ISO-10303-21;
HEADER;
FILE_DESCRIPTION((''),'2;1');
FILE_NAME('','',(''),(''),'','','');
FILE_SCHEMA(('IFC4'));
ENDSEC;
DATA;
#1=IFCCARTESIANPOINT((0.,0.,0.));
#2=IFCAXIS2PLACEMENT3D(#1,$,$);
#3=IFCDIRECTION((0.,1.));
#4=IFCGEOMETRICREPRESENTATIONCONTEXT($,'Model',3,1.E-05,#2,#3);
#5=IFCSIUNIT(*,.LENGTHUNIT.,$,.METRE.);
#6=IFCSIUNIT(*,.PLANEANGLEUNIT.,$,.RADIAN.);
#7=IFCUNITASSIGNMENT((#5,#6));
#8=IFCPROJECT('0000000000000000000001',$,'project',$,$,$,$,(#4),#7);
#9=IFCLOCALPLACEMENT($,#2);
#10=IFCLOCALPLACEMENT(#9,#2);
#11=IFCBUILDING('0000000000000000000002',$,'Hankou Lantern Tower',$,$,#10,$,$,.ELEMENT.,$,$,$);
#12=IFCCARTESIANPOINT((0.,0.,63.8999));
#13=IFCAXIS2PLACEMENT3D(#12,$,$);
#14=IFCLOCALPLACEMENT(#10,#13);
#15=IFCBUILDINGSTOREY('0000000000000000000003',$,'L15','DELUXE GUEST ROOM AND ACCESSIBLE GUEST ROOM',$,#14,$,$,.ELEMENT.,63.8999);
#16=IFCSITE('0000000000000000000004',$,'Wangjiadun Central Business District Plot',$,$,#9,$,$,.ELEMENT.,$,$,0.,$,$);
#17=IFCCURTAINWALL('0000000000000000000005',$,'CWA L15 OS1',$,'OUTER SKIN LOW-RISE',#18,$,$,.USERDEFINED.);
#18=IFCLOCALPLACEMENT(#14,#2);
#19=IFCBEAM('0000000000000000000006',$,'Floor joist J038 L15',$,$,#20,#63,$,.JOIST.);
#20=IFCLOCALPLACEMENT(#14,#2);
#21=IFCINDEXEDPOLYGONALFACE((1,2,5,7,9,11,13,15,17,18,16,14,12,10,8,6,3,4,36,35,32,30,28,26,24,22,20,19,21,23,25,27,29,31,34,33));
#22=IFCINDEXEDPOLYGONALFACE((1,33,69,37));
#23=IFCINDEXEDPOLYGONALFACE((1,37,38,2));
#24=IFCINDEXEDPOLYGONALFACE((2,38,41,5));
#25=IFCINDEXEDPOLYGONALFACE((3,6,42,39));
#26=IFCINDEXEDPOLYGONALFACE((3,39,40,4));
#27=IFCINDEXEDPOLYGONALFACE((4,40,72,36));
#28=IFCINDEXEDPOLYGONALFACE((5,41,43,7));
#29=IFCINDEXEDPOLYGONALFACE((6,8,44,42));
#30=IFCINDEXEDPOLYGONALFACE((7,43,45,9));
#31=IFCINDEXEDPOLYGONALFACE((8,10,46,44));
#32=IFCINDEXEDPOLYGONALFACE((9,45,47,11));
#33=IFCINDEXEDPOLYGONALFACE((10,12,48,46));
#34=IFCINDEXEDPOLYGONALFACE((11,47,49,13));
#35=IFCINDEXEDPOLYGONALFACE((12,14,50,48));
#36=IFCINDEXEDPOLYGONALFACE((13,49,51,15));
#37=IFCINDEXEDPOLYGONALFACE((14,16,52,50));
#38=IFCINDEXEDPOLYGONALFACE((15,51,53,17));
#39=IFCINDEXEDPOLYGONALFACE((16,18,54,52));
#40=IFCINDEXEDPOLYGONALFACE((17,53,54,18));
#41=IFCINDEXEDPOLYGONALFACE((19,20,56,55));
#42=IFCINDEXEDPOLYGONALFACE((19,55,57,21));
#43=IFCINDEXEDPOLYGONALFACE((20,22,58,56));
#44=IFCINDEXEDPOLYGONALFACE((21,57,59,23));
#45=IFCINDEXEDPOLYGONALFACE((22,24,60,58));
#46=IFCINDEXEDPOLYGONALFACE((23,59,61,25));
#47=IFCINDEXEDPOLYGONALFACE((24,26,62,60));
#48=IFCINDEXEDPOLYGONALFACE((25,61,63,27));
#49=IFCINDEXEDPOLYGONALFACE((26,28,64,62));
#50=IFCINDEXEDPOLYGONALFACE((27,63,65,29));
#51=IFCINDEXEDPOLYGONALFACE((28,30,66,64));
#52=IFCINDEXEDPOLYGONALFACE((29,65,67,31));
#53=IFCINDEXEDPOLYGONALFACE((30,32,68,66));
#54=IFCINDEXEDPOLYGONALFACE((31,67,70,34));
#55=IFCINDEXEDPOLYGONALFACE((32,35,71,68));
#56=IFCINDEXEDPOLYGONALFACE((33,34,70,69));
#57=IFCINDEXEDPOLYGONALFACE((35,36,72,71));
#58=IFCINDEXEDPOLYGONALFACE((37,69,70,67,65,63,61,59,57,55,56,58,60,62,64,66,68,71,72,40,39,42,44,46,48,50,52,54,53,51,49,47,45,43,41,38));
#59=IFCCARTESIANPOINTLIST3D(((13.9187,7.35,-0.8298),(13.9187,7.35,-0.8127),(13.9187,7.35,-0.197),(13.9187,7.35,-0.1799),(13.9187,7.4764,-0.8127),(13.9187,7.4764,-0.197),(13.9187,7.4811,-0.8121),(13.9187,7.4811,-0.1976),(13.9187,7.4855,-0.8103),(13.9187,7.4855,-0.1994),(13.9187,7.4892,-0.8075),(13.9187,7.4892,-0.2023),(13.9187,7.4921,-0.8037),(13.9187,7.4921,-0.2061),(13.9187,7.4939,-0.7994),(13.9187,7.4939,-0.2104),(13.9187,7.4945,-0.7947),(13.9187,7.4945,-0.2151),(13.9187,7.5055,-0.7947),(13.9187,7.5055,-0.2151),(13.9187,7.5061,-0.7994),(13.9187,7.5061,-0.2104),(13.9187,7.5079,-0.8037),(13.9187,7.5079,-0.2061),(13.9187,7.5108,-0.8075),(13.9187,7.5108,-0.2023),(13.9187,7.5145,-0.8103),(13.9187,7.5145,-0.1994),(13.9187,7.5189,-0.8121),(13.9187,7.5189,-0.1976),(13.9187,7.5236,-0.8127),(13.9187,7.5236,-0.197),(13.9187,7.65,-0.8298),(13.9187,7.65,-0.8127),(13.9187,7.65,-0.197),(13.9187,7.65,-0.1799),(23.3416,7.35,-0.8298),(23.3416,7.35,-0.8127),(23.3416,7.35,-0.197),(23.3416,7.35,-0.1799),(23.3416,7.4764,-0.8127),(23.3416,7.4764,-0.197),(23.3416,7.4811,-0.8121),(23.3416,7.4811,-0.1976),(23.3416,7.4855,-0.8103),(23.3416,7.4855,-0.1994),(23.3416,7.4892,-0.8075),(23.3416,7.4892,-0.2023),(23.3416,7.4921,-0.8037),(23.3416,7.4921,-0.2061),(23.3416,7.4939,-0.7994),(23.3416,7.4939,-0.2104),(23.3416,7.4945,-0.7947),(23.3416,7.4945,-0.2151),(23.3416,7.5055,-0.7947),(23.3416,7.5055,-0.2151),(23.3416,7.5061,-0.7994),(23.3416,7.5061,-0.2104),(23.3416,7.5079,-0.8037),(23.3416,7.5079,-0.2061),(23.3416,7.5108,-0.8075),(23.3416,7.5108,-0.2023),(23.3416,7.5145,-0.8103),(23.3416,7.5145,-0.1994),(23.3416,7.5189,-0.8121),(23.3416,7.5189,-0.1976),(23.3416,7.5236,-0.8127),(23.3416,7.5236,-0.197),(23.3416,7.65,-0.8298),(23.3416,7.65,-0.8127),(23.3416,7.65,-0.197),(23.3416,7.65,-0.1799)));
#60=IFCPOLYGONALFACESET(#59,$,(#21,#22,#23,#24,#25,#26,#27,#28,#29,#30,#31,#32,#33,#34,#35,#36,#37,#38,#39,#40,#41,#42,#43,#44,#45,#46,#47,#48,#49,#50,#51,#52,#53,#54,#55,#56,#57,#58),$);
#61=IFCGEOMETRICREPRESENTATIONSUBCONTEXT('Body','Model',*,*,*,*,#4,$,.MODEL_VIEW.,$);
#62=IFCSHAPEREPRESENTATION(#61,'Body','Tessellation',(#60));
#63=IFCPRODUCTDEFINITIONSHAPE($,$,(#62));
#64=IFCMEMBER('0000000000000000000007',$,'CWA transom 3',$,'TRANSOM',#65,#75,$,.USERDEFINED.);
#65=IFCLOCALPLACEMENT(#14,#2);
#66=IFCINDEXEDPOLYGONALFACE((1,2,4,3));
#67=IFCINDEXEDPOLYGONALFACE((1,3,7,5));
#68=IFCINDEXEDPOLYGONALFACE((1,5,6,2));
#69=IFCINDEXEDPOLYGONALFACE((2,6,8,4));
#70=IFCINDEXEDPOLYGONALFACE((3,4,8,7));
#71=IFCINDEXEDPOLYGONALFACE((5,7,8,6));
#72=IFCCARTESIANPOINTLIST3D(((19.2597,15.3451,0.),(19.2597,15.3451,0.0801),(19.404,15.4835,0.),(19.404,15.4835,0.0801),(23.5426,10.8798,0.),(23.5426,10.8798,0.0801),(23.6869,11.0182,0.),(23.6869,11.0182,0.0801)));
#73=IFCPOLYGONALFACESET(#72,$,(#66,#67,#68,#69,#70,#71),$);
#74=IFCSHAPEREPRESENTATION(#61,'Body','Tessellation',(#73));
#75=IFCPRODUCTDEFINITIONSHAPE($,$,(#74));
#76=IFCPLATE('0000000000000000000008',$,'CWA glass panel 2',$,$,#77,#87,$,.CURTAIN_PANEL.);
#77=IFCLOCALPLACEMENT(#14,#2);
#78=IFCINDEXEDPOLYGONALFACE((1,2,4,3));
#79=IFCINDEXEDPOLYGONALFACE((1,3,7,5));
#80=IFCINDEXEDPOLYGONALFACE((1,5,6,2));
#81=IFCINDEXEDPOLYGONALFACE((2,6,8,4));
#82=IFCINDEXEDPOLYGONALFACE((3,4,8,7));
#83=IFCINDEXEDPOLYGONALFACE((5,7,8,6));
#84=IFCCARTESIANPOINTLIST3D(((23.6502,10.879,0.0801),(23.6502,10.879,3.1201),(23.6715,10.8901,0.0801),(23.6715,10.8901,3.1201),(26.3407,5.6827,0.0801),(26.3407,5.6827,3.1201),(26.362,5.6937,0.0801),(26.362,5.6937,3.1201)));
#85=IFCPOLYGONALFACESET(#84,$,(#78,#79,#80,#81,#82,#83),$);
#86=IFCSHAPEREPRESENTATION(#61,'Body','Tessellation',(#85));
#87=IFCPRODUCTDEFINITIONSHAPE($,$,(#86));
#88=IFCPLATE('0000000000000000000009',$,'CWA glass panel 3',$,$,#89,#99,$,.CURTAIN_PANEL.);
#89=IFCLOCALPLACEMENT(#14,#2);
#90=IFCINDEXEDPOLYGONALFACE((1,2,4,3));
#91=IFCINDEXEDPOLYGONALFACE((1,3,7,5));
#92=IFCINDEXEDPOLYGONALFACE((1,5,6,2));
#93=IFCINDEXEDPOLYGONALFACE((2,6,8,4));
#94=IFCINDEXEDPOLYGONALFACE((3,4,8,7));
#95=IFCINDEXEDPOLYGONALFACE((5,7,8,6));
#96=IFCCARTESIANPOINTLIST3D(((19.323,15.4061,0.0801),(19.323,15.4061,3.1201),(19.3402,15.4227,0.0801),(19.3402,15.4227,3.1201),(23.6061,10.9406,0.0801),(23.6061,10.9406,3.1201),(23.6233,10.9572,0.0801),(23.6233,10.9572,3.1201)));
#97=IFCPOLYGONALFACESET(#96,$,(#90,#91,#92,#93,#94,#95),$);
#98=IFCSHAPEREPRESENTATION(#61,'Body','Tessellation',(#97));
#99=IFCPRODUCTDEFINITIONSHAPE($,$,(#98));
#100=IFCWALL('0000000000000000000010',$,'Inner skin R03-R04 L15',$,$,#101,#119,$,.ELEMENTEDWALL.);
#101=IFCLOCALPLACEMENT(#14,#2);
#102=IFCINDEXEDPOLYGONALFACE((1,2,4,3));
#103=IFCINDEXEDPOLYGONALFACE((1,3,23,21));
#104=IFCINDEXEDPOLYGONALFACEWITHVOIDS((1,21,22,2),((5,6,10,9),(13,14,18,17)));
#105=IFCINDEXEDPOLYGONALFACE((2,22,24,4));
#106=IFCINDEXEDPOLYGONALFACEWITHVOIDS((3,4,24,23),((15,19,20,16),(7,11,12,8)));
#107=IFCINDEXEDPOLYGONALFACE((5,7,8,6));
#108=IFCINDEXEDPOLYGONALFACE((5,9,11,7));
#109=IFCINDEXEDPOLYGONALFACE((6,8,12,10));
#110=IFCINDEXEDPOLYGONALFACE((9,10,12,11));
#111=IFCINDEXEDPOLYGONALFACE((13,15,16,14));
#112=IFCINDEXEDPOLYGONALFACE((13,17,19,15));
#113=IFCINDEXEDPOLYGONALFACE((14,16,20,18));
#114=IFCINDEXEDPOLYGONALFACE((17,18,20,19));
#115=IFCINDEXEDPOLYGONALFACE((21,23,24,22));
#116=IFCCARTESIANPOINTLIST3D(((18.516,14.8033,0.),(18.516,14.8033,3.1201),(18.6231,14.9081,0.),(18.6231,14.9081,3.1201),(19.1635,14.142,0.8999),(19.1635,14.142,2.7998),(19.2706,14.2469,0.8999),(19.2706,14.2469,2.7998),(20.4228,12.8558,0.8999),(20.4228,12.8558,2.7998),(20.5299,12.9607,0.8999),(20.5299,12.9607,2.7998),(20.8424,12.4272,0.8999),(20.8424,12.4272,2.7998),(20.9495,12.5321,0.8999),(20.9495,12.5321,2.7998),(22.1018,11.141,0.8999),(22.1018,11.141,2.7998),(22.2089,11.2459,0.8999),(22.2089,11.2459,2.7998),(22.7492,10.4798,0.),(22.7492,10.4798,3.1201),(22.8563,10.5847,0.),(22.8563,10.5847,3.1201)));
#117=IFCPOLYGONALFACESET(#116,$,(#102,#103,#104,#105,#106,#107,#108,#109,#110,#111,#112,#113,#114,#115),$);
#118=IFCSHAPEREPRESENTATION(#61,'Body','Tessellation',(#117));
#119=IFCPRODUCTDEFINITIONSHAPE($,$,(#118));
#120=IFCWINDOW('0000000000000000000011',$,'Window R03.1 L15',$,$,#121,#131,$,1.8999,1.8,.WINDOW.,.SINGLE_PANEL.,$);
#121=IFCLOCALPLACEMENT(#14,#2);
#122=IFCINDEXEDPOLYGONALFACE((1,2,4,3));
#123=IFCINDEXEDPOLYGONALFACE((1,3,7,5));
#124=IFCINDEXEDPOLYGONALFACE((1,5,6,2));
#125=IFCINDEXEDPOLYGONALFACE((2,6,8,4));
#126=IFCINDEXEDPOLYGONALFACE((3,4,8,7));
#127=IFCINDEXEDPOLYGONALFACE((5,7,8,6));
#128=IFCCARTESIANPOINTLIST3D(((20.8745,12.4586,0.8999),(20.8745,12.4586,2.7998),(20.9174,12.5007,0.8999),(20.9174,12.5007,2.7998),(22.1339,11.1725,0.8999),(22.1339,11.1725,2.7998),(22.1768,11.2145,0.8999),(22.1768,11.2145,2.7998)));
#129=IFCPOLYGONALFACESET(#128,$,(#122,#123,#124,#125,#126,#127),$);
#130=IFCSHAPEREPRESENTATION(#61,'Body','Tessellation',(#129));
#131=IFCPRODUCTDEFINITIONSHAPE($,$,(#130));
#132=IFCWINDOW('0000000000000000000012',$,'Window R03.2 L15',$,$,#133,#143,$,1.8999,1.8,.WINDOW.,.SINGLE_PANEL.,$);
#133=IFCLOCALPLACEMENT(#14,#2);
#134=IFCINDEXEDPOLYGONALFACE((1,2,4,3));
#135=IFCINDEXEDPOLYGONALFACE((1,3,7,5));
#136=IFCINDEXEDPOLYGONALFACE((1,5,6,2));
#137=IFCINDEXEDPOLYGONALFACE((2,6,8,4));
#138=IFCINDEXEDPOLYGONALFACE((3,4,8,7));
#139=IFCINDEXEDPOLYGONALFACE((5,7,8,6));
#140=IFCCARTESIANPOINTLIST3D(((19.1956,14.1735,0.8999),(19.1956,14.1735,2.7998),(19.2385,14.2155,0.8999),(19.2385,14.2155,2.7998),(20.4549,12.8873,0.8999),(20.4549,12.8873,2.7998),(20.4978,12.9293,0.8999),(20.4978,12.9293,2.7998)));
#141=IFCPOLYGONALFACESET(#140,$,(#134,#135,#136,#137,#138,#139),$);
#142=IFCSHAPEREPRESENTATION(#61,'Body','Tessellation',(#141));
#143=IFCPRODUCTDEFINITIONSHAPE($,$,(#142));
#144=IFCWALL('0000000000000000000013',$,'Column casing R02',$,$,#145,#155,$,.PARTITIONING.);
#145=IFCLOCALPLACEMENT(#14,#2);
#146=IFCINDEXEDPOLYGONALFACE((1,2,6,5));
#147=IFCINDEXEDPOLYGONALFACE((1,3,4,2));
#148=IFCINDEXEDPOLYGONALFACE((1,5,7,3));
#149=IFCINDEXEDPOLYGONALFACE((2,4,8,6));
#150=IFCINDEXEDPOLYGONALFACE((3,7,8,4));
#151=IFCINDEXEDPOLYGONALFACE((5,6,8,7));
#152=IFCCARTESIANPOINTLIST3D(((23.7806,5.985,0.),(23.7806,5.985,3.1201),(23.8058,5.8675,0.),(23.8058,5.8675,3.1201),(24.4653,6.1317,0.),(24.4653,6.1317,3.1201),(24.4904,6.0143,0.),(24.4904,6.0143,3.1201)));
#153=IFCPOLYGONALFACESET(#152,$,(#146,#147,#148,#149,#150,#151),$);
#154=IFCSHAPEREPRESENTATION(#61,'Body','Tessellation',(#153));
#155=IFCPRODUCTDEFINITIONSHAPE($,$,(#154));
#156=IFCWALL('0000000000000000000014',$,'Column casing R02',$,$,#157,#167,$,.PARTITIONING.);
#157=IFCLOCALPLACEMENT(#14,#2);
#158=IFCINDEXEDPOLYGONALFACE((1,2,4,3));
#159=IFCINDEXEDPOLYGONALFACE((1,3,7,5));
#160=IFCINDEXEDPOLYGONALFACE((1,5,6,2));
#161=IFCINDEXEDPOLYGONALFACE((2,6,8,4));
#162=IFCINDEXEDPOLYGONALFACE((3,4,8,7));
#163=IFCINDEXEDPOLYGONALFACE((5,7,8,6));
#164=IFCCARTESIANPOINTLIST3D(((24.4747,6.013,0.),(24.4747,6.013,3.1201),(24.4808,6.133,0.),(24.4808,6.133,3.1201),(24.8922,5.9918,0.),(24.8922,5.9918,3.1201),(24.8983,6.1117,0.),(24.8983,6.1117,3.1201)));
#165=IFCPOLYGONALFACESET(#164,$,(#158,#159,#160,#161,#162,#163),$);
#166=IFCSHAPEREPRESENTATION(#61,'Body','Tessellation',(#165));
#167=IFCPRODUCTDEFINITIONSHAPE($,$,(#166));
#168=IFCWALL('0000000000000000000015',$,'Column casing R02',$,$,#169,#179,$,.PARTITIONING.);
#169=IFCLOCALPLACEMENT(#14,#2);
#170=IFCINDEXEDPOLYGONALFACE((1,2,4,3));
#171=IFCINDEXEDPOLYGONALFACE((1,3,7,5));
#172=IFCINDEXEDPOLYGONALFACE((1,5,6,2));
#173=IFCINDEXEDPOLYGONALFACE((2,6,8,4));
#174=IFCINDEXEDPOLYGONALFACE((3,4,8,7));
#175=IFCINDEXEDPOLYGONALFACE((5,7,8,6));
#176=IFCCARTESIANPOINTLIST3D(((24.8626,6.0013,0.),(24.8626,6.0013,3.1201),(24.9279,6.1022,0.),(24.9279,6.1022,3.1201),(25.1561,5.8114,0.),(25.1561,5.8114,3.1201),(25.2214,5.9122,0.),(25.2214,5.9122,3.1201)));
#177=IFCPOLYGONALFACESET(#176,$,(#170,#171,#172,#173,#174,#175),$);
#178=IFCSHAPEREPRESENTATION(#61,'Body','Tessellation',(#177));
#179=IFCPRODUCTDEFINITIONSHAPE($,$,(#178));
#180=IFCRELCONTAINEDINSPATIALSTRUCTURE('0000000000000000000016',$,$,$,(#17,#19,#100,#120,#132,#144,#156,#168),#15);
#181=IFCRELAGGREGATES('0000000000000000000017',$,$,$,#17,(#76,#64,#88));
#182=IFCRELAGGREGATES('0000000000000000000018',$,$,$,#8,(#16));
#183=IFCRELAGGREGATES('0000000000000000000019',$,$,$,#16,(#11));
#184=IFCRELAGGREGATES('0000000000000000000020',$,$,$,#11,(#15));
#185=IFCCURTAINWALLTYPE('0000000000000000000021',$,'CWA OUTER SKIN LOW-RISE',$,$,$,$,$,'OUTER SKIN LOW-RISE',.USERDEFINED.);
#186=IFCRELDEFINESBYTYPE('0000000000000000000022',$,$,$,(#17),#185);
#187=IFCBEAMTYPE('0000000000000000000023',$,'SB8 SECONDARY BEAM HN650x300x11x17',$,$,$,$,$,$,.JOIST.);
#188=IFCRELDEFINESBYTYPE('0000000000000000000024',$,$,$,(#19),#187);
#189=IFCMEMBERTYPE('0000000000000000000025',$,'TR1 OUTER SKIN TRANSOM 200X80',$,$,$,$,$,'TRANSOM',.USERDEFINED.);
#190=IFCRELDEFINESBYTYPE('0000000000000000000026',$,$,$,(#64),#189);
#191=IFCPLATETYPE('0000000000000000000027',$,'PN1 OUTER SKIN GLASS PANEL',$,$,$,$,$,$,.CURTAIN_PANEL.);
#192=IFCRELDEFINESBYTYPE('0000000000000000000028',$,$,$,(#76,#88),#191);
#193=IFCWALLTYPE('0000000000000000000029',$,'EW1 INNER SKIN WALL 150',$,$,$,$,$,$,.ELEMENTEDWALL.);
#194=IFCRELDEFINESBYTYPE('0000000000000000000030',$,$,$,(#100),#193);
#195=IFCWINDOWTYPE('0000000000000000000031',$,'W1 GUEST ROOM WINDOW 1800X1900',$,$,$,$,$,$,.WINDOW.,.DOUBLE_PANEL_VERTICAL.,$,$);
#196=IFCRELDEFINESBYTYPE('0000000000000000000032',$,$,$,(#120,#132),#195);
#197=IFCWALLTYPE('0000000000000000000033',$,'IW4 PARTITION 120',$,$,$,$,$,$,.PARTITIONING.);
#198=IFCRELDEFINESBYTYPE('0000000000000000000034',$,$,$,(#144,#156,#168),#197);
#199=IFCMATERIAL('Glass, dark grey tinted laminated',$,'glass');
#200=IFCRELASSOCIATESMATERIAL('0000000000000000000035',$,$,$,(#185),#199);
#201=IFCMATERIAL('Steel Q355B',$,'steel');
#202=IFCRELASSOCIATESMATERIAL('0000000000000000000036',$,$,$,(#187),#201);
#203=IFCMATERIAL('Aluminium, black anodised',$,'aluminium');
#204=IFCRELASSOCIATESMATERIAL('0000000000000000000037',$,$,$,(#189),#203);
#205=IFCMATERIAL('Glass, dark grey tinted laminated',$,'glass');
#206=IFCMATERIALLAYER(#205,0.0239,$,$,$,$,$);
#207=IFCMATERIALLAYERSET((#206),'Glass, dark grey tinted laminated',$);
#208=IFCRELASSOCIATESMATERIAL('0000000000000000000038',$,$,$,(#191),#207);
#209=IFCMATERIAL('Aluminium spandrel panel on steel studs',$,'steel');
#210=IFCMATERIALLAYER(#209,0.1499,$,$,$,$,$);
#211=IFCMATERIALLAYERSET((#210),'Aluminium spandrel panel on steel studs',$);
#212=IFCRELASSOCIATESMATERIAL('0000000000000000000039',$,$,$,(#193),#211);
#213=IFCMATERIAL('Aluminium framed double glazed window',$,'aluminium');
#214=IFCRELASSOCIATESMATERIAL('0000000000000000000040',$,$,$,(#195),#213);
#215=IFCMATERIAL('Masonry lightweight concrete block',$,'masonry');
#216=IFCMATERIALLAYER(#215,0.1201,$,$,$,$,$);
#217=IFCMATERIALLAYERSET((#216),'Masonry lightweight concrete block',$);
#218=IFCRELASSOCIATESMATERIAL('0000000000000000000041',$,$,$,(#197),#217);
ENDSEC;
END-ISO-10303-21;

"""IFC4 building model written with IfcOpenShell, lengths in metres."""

from ifc_helpers import new_model, si_unit, direction, frame, frame_2d, origin, origin_2d, place, context, subcontext, project, spatial, rectangle, i_section, extrude, material, layer, layer_set, material_profile, profile_set, type_object, element, fill, aggregate, save


model = new_model("IFC4")

# Units and contexts
model_context = context("Model", 3, precision=1e-05, world=origin(), true_north=direction((0.0, 1.0)))
body_context = subcontext(model_context, "Body", "Model", "MODEL_VIEW")
ifc_project = project(units=[si_unit("LENGTHUNIT", "METRE"), si_unit("PLANEANGLEUNIT", "RADIAN")], contexts=[model_context])

# Site, building, storey
site_placement = place(None, origin())
site = spatial("IfcSite", under=ifc_project, at=site_placement, Name="Wangjiadun Central Business District Plot", CompositionType="ELEMENT", RefElevation=0.0)
building_placement = place(site_placement, origin())
building = spatial("IfcBuilding", under=site, at=building_placement, Name="Hankou Lantern Tower", CompositionType="ELEMENT")
storey_placement = place(building_placement, frame((0.0, 0.0, 63.8999)))
storey = spatial("IfcBuildingStorey", under=building, at=storey_placement, Name="L15", Description="DELUXE GUEST ROOM AND ACCESSIBLE GUEST ROOM", CompositionType="ELEMENT", Elevation=63.8999)

# Curtain wall
ifc_material_1 = material(Name="Glass, dark grey tinted laminated", Category="glass")
curtain_wall_type = type_object("IfcCurtainWallType", Name="CWA OUTER SKIN LOW-RISE", ElementType="OUTER SKIN LOW-RISE", PredefinedType="USERDEFINED", material=ifc_material_1)
curtain_wall_placement = place(storey_placement, origin())
curtain_wall = element("IfcCurtainWall", 1, at=curtain_wall_placement, inside=storey, type_object=curtain_wall_type, Name="CWA L15 OS1", ObjectType="OUTER SKIN LOW-RISE", PredefinedType="USERDEFINED")

# Beam
ifc_material_2 = material(Name="Steel Q355B", Category="steel")
ifc_material_profile_1 = material_profile(ifc_material_2, i_section(OverallWidth=0.3, OverallDepth=0.6499, WebThickness=0.011, FlangeThickness=0.0171, FilletRadius=0.0181, at=origin_2d()), Name="HN650x300x11x17")
ifc_profile_set_1 = profile_set([ifc_material_profile_1], Name="Steel Q355B")
beam_type_1 = type_object("IfcBeamType", Name="SB8 SECONDARY BEAM HN650x300x11x17", PredefinedType="JOIST", material=ifc_profile_set_1)
beam_1_placement = place(storey_placement, frame((13.9187, 7.5, -0.5049), z_axis=(1.0, 0.0, 0.0), x_axis=(0.0, 1.0, 0.0)))
element("IfcBeam", 2, at=beam_1_placement, inside=storey, type_object=beam_type_1, Name="Floor joist J038 L15", PredefinedType="JOIST", context=body_context, shape_type="SweptSolid", body=[
    extrude(i_section(OverallWidth=0.3, OverallDepth=0.6499, WebThickness=0.011, FlangeThickness=0.0171, FilletRadius=0.0181, at=origin_2d()), origin(), (0.0, 0.0, 1.0), 9.4229),
])

# Member
ifc_material_3 = material(Name="Aluminium, black anodised", Category="aluminium")
ifc_material_profile_2 = material_profile(ifc_material_3, rectangle(XDim=0.2, YDim=0.0801, at=origin_2d()), Name="TR1 200X80")
ifc_profile_set_2 = profile_set([ifc_material_profile_2], Name="Aluminium, black anodised")
member_type_1 = type_object("IfcMemberType", Name="TR1 OUTER SKIN TRANSOM 200X80", ElementType="TRANSOM", PredefinedType="USERDEFINED", material=ifc_profile_set_2)
member_1_placement = place(storey_placement, frame((23.6147, 10.949, 0.04), z_axis=(-0.692216, 0.721691, 0.0), x_axis=(-0.721691, -0.692216, 0.0)))
member_1 = element("IfcMember", 3, at=member_1_placement, type_object=member_type_1, Name="CWA transom 3", ObjectType="TRANSOM", PredefinedType="USERDEFINED", context=body_context, shape_type="SweptSolid", body=[
    extrude(rectangle(XDim=0.2, YDim=0.0801, at=origin_2d()), origin(), (0.0, 0.0, 1.0), 6.1873),
])

# Plates
ifc_material_4 = material(Name="Glass, dark grey tinted laminated", Category="glass")
ifc_layer_1 = layer(ifc_material_4, 0.0239)
ifc_layer_set_1 = layer_set([ifc_layer_1], Name="Glass, dark grey tinted laminated")
plate_type = type_object("IfcPlateType", Name="PN1 OUTER SKIN GLASS PANEL", PredefinedType="CURTAIN_PANEL", material=ifc_layer_set_1)
plate_1_placement = place(storey_placement, frame((25.0061, 8.2864, 0.0801), z_axis=(0.0, 0.0, 1.0), x_axis=(-0.459791, 0.888027, 0.0)))
plate_1 = element("IfcPlate", 4, at=plate_1_placement, type_object=plate_type, Name="CWA glass panel 2", PredefinedType="CURTAIN_PANEL", context=body_context, shape_type="SweptSolid", body=[
    extrude(rectangle(XDim=5.8516, YDim=0.0239, at=origin_2d()), origin(), (0.0, 0.0, 1.0), 3.04),
])
plate_2_placement = place(storey_placement, frame((21.4731, 13.1816, 0.0801), z_axis=(0.0, 0.0, 1.0), x_axis=(-0.692216, 0.721691, 0.0)))
plate_2 = element("IfcPlate", 5, at=plate_2_placement, type_object=plate_type, Name="CWA glass panel 3", PredefinedType="CURTAIN_PANEL", context=body_context, shape_type="SweptSolid", body=[
    extrude(rectangle(XDim=6.1875, YDim=0.0239, at=origin_2d()), origin(), (0.0, 0.0, 1.0), 3.04),
])
aggregate(curtain_wall, [plate_1, member_1, plate_2])

# Wall, openings, windows
ifc_material_5 = material(Name="Aluminium spandrel panel on steel studs", Category="steel")
ifc_layer_2 = layer(ifc_material_5, 0.1499)
ifc_layer_set_2 = layer_set([ifc_layer_2], Name="Aluminium spandrel panel on steel studs")
wall_type_1 = type_object("IfcWallType", Name="EW1 INNER SKIN WALL 150", PredefinedType="ELEMENTEDWALL", material=ifc_layer_set_2)
wall_1_placement = place(storey_placement, frame((22.8027, 10.5322, 0.0), z_axis=(0.0, 0.0, 1.0), x_axis=(-0.699603, 0.714532, 0.0)))
wall_1 = element("IfcWall", 6, at=wall_1_placement, inside=storey, type_object=wall_type_1, Name="Inner skin R03-R04 L15", PredefinedType="ELEMENTEDWALL", context=body_context, shape_type="SweptSolid", body=[
    extrude(rectangle(XDim=6.0508, YDim=0.1499, at=frame_2d((3.0254, 0.0))), origin(), (0.0, 0.0, 1.0), 3.1201),
])
opening_1_placement = place(wall_1_placement, frame((0.9255, 0.0, 0.8999)))
opening_1 = element("IfcOpeningElement", 7, at=opening_1_placement, cuts=wall_1, PredefinedType="OPENING", context=body_context, shape_type="SweptSolid", body=[
    extrude(rectangle(XDim=1.8, YDim=1.8999, at=frame_2d((0.8999, 0.95))), frame((0.0, 0.085, 0.0), z_axis=(0.0, -1.0, 0.0), x_axis=(1.0, 0.0, 0.0)), (0.0, 0.0, 1.0), 0.1699),
])
opening_2_placement = place(wall_1_placement, frame((3.3254, 0.0, 0.8999)))
opening_2 = element("IfcOpeningElement", 8, at=opening_2_placement, cuts=wall_1, PredefinedType="OPENING", context=body_context, shape_type="SweptSolid", body=[
    extrude(rectangle(XDim=1.8, YDim=1.8999, at=frame_2d((0.8999, 0.95))), frame((0.0, 0.085, 0.0), z_axis=(0.0, -1.0, 0.0), x_axis=(1.0, 0.0, 0.0)), (0.0, 0.0, 1.0), 0.1699),
])
ifc_material_6 = material(Name="Aluminium framed double glazed window", Category="aluminium")
window_type = type_object("IfcWindowType", Name="W1 GUEST ROOM WINDOW 1800X1900", PartitioningType="DOUBLE_PANEL_VERTICAL", PredefinedType="WINDOW", material=ifc_material_6)
window_1_placement = place(opening_1_placement, origin())
window_1 = element("IfcWindow", 9, at=window_1_placement, inside=storey, type_object=window_type, Name="Window R03.1 L15", OverallHeight=1.8999, OverallWidth=1.8, PartitioningType="SINGLE_PANEL", PredefinedType="WINDOW", context=body_context, shape_type="SweptSolid", body=[
    extrude(rectangle(XDim=1.8, YDim=1.8999, at=frame_2d((0.8999, 0.95))), frame((0.0, 0.03, 0.0), z_axis=(0.0, -1.0, 0.0), x_axis=(1.0, 0.0, 0.0)), (0.0, 0.0, 1.0), 0.0601),
])
fill(opening_1, window_1)
window_2_placement = place(opening_2_placement, origin())
window_2 = element("IfcWindow", 10, at=window_2_placement, inside=storey, type_object=window_type, Name="Window R03.2 L15", OverallHeight=1.8999, OverallWidth=1.8, PartitioningType="SINGLE_PANEL", PredefinedType="WINDOW", context=body_context, shape_type="SweptSolid", body=[
    extrude(rectangle(XDim=1.8, YDim=1.8999, at=frame_2d((0.8999, 0.95))), frame((0.0, 0.03, 0.0), z_axis=(0.0, -1.0, 0.0), x_axis=(1.0, 0.0, 0.0)), (0.0, 0.0, 1.0), 0.0601),
])
fill(opening_2, window_2)

# Walls
ifc_material_7 = material(Name="Masonry lightweight concrete block", Category="masonry")
ifc_layer_3 = layer(ifc_material_7, 0.1201)
ifc_layer_set_3 = layer_set([ifc_layer_3], Name="Masonry lightweight concrete block")
wall_type_2 = type_object("IfcWallType", Name="IW4 PARTITION 120", PredefinedType="PARTITIONING", material=ifc_layer_set_3)
wall_2_placement = place(storey_placement, frame((23.7932, 5.9263, 0.0), z_axis=(0.0, 0.0, 1.0), x_axis=(0.977792, 0.209577, 0.0)))
element("IfcWall", 11, at=wall_2_placement, inside=storey, type_object=wall_type_2, Name="Column casing R02", PredefinedType="PARTITIONING", context=body_context, shape_type="SweptSolid", body=[
    extrude(rectangle(XDim=0.7002, YDim=0.1201, at=frame_2d((0.3501, 0.0))), origin(), (0.0, 0.0, 1.0), 3.1201),
])
wall_3_placement = place(storey_placement, frame((24.4778, 6.073, 0.0), z_axis=(0.0, 0.0, 1.0), x_axis=(0.998708, -0.050811, 0.0)))
element("IfcWall", 12, at=wall_3_placement, inside=storey, type_object=wall_type_2, Name="Column casing R02", PredefinedType="PARTITIONING", context=body_context, shape_type="SweptSolid", body=[
    extrude(rectangle(XDim=0.418, YDim=0.1201, at=frame_2d((0.209, 0.0))), origin(), (0.0, 0.0, 1.0), 3.1201),
])
wall_4_placement = place(storey_placement, frame((24.8953, 6.0518, 0.0), z_axis=(0.0, 0.0, 1.0), x_axis=(0.839495, -0.543367, 0.0)))
element("IfcWall", 13, at=wall_4_placement, inside=storey, type_object=wall_type_2, Name="Column casing R02", PredefinedType="PARTITIONING", context=body_context, shape_type="SweptSolid", body=[
    extrude(rectangle(XDim=0.3496, YDim=0.1201, at=frame_2d((0.1748, 0.0))), origin(), (0.0, 0.0, 1.0), 3.1201),
])

save(model, "model.ifc")
